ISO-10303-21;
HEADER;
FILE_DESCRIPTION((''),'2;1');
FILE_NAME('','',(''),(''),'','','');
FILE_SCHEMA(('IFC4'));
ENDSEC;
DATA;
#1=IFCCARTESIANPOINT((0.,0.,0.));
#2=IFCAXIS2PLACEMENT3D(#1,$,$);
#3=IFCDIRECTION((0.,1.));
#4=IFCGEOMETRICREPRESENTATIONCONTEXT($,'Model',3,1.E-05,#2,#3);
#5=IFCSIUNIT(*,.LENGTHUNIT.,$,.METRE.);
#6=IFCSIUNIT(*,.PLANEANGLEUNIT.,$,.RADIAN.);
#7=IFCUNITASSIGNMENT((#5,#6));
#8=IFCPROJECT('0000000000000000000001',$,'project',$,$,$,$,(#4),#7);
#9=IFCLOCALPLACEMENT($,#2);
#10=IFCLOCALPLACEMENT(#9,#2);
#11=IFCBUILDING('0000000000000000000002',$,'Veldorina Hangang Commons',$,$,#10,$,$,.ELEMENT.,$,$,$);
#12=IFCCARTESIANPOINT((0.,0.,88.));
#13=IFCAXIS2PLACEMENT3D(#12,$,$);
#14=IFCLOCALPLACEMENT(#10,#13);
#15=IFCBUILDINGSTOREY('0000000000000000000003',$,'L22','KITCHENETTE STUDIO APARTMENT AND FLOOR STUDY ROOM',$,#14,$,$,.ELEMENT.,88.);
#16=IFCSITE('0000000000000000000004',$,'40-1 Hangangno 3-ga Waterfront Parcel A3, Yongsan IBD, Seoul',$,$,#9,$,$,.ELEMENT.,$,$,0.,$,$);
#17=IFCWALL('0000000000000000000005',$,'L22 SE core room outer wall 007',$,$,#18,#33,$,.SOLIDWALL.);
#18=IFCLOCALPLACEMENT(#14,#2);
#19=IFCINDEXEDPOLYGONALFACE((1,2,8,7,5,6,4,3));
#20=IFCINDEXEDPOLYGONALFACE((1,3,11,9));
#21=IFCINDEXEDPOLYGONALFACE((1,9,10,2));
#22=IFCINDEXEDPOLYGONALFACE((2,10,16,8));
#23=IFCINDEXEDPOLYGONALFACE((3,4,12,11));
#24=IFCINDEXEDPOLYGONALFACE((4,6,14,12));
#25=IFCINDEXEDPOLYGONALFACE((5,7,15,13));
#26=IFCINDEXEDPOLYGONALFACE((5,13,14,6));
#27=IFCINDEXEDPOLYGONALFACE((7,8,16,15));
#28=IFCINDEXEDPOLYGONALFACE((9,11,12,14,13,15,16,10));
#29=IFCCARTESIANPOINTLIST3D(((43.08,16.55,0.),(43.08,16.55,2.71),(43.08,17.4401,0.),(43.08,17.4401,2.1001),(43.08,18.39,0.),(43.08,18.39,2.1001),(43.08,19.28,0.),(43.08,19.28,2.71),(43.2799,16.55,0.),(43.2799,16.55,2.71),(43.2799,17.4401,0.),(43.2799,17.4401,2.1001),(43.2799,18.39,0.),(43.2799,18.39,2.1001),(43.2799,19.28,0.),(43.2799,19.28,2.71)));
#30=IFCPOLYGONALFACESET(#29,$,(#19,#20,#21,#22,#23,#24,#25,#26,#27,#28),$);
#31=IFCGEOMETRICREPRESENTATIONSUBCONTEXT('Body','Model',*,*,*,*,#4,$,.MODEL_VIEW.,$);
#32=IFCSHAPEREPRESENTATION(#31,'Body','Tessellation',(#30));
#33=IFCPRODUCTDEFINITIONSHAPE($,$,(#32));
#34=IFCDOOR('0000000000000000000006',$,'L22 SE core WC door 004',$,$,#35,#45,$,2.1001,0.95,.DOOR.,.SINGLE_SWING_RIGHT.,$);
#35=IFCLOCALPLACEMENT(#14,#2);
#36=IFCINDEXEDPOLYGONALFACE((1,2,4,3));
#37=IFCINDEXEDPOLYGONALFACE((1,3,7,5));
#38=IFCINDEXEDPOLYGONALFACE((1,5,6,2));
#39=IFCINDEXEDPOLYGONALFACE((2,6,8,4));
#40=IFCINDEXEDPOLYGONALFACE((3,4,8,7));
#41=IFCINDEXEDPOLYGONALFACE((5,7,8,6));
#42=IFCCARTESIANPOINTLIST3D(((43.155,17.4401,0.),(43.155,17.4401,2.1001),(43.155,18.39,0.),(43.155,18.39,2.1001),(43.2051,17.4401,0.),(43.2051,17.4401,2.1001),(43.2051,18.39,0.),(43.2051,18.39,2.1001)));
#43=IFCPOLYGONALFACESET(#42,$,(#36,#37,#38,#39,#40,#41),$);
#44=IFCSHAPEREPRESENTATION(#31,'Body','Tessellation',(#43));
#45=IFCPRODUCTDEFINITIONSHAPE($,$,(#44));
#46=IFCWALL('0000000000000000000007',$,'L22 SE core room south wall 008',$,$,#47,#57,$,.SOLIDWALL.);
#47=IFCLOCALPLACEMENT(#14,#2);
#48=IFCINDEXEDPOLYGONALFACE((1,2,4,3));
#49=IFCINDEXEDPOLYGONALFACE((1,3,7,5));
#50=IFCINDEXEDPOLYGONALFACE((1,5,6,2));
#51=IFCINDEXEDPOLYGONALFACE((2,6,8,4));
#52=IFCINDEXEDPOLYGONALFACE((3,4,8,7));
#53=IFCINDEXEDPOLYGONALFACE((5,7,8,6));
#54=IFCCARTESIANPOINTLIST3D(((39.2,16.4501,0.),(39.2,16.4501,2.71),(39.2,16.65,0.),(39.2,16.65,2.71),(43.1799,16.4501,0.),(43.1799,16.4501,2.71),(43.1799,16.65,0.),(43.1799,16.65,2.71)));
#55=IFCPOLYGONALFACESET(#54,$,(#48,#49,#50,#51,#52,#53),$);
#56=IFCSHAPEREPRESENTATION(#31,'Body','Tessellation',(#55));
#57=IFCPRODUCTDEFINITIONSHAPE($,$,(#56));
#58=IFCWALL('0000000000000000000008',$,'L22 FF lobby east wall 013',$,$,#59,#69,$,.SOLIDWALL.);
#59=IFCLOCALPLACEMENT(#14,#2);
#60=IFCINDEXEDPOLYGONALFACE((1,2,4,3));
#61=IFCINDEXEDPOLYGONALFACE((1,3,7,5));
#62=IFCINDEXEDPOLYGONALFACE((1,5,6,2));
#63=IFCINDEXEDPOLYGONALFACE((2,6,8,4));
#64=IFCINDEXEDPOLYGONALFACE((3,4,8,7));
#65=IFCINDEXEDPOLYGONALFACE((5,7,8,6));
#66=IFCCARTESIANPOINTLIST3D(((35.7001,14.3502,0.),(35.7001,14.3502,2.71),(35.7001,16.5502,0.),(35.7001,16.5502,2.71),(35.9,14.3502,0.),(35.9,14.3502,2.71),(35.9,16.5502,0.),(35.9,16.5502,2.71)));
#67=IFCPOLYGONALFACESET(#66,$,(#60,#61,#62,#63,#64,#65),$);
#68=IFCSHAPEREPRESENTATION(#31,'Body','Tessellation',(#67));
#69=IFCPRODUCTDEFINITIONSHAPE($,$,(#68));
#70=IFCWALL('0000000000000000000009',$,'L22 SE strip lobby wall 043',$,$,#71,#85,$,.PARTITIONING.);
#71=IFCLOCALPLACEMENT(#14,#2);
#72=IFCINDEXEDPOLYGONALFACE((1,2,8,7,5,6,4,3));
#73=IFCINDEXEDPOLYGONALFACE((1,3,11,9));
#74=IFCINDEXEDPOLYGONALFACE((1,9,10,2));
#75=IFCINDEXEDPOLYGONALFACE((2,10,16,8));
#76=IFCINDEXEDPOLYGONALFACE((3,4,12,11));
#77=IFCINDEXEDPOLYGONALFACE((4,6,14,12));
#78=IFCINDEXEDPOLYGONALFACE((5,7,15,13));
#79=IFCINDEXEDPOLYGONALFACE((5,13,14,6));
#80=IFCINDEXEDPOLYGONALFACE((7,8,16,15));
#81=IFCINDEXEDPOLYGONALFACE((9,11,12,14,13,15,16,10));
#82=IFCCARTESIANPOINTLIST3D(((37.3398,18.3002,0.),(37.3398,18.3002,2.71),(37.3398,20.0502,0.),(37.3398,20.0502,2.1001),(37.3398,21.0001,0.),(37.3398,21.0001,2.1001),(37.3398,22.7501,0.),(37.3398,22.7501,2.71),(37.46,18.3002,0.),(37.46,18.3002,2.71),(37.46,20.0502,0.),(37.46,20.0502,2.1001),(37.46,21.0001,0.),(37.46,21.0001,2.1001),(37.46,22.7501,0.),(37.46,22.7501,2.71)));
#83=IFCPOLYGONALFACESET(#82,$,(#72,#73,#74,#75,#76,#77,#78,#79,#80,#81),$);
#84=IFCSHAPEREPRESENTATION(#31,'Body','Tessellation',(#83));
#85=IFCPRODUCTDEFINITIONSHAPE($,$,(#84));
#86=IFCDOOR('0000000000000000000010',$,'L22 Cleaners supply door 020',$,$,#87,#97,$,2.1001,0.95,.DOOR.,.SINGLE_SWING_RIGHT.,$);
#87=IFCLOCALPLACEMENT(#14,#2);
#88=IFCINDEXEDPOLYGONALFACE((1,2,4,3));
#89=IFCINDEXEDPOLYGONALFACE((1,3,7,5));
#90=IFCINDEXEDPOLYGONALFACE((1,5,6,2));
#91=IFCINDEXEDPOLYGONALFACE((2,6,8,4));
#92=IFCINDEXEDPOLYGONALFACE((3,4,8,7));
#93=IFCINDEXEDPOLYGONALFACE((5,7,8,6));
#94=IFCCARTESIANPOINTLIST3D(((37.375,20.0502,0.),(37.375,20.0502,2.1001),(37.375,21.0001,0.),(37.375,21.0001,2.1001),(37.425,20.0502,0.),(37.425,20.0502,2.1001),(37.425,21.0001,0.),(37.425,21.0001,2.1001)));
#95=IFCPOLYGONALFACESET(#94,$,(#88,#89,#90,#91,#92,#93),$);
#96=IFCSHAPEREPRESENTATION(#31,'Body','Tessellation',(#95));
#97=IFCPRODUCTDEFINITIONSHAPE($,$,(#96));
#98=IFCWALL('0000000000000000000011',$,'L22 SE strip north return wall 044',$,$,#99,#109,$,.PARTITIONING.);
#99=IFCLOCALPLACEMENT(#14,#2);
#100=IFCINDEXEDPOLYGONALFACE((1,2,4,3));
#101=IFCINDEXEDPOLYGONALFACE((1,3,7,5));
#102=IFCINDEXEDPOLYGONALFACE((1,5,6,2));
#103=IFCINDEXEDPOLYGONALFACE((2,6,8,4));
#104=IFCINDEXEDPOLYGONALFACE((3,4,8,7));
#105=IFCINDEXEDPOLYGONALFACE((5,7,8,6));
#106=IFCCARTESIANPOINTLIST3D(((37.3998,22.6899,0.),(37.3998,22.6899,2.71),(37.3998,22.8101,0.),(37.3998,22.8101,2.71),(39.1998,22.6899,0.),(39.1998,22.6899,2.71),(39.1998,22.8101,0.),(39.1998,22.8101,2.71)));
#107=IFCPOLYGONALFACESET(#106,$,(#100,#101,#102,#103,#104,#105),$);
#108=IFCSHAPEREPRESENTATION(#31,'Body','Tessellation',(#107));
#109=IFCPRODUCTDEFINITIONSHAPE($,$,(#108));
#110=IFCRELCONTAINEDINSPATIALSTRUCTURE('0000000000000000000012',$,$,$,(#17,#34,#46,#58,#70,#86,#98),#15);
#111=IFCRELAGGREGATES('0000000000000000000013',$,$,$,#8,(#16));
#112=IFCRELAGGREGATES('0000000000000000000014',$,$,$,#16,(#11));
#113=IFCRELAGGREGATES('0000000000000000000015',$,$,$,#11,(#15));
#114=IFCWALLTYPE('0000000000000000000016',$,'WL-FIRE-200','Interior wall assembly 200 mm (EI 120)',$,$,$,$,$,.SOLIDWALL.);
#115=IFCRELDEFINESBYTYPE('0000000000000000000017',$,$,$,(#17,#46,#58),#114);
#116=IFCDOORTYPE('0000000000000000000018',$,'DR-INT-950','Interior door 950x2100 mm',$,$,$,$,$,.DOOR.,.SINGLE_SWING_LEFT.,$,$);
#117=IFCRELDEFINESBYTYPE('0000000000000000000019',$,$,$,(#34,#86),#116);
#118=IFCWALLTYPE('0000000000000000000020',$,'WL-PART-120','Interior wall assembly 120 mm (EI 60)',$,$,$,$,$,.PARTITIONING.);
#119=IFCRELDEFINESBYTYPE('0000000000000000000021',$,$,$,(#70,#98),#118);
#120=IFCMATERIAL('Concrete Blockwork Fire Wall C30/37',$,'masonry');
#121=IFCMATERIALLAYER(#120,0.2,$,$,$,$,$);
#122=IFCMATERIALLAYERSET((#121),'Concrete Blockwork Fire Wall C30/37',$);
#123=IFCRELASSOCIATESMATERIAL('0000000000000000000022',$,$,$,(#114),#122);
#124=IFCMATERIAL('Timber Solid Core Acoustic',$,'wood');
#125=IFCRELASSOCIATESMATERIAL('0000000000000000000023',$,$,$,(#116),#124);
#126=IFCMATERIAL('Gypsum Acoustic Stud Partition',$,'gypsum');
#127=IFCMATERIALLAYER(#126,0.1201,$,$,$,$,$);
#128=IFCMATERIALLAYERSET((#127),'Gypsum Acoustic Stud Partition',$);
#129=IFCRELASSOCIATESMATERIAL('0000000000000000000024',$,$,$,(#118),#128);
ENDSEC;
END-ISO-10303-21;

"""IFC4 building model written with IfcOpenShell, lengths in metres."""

from ifc_helpers import new_model, si_unit, direction, frame, frame_2d, origin, place, context, subcontext, project, spatial, rectangle, extrude, material, layer, layer_set, type_object, element, fill, save


model = new_model("IFC4")

# Units and contexts
model_context = context("Model", 3, precision=1e-05, world=origin(), true_north=direction((0.0, 1.0)))
body_context = subcontext(model_context, "Body", "Model", "MODEL_VIEW")
ifc_project = project(units=[si_unit("LENGTHUNIT", "METRE"), si_unit("PLANEANGLEUNIT", "RADIAN")], contexts=[model_context])

# Site, building, storey
site_placement = place(None, origin())
site = spatial("IfcSite", under=ifc_project, at=site_placement, Name="40-1 Hangangno 3-ga Waterfront Parcel A3, Yongsan IBD, Seoul", CompositionType="ELEMENT", RefElevation=0.0)
building_placement = place(site_placement, origin())
building = spatial("IfcBuilding", under=site, at=building_placement, Name="Veldorina Hangang Commons", CompositionType="ELEMENT")
storey_placement = place(building_placement, frame((0.0, 0.0, 88.0)))
storey = spatial("IfcBuildingStorey", under=building, at=storey_placement, Name="L22", Description="KITCHENETTE STUDIO APARTMENT AND FLOOR STUDY ROOM", CompositionType="ELEMENT", Elevation=88.0)

# Shared definitions
ifc_material_1 = material(Name="Timber Solid Core Acoustic", Category="wood")

# Wall, opening, door
ifc_material_2 = material(Name="Concrete Blockwork Fire Wall C30/37", Category="masonry")
ifc_layer_1 = layer(ifc_material_2, 0.2)
ifc_layer_set_1 = layer_set([ifc_layer_1], Name="Concrete Blockwork Fire Wall C30/37")
wall_type_1 = type_object("IfcWallType", Name="WL-FIRE-200", Description="Interior wall assembly 200 mm (EI 120)", PredefinedType="SOLIDWALL", material=ifc_layer_set_1)
wall_1_placement = place(storey_placement, frame((43.1799, 16.55, 0.0), z_axis=(0.0, 0.0, 1.0), x_axis=(0.0, 1.0, 0.0)))
wall_1 = element("IfcWall", 1, at=wall_1_placement, inside=storey, type_object=wall_type_1, Name="L22 SE core room outer wall 007", PredefinedType="SOLIDWALL", context=body_context, shape_type="SweptSolid", body=[
    extrude(rectangle(XDim=2.73, YDim=0.2, at=frame_2d((1.365, 0.0))), origin(), (0.0, 0.0, 1.0), 2.71),
])
opening_1_placement = place(wall_1_placement, frame((0.8899, 0.0, 0.0)))
opening_1 = element("IfcOpeningElement", 2, at=opening_1_placement, cuts=wall_1, PredefinedType="OPENING", context=body_context, shape_type="SweptSolid", body=[
    extrude(rectangle(XDim=0.95, YDim=2.1001, at=frame_2d((0.4751, 1.05))), frame((0.0, 0.1099, 0.0), z_axis=(0.0, -1.0, 0.0), x_axis=(1.0, 0.0, 0.0)), (0.0, 0.0, 1.0), 0.22),
])
door_type_1 = type_object("IfcDoorType", Name="DR-INT-950", Description="Interior door 950x2100 mm", OperationType="SINGLE_SWING_LEFT", PredefinedType="DOOR", material=ifc_material_1)
door_1_placement = place(opening_1_placement, origin())
door_1 = element("IfcDoor", 3, at=door_1_placement, inside=storey, type_object=door_type_1, Name="L22 SE core WC door 004", OperationType="SINGLE_SWING_RIGHT", OverallHeight=2.1001, OverallWidth=0.95, PredefinedType="DOOR", context=body_context, shape_type="SweptSolid", body=[
    extrude(rectangle(XDim=0.95, YDim=2.1001, at=frame_2d((0.4751, 1.05))), frame((0.0, 0.0249, 0.0), z_axis=(0.0, -1.0, 0.0), x_axis=(1.0, 0.0, 0.0)), (0.0, 0.0, 1.0), 0.05),
])
fill(opening_1, door_1)

# Walls
wall_2_placement = place(storey_placement, frame((39.2, 16.55, 0.0), z_axis=(0.0, 0.0, 1.0), x_axis=(1.0, 0.0, 0.0)))
element("IfcWall", 4, at=wall_2_placement, inside=storey, type_object=wall_type_1, Name="L22 SE core room south wall 008", PredefinedType="SOLIDWALL", context=body_context, shape_type="SweptSolid", body=[
    extrude(rectangle(XDim=3.98, YDim=0.2, at=frame_2d((1.99, 0.0))), origin(), (0.0, 0.0, 1.0), 2.71),
])
wall_3_placement = place(storey_placement, frame((35.8, 14.3501, 0.0), z_axis=(0.0, 0.0, 1.0), x_axis=(0.0, 1.0, 0.0)))
element("IfcWall", 5, at=wall_3_placement, inside=storey, type_object=wall_type_1, Name="L22 FF lobby east wall 013", PredefinedType="SOLIDWALL", context=body_context, shape_type="SweptSolid", body=[
    extrude(rectangle(XDim=2.2, YDim=0.2, at=frame_2d((1.1001, 0.0))), origin(), (0.0, 0.0, 1.0), 2.71),
])

# Wall, opening, door
ifc_material_3 = material(Name="Gypsum Acoustic Stud Partition", Category="gypsum")
ifc_layer_2 = layer(ifc_material_3, 0.1201)
ifc_layer_set_2 = layer_set([ifc_layer_2], Name="Gypsum Acoustic Stud Partition")
wall_type_2 = type_object("IfcWallType", Name="WL-PART-120", Description="Interior wall assembly 120 mm (EI 60)", PredefinedType="PARTITIONING", material=ifc_layer_set_2)
wall_4_placement = place(storey_placement, frame((37.3999, 18.3, 0.0), z_axis=(0.0, 0.0, 1.0), x_axis=(0.0, 1.0, 0.0)))
wall_4 = element("IfcWall", 6, at=wall_4_placement, inside=storey, type_object=wall_type_2, Name="L22 SE strip lobby wall 043", PredefinedType="PARTITIONING", context=body_context, shape_type="SweptSolid", body=[
    extrude(rectangle(XDim=4.45, YDim=0.1201, at=frame_2d((2.2251, 0.0))), origin(), (0.0, 0.0, 1.0), 2.71),
])
opening_2_placement = place(wall_4_placement, frame((1.75, 0.0, 0.0)))
opening_2 = element("IfcOpeningElement", 7, at=opening_2_placement, cuts=wall_4, PredefinedType="OPENING", context=body_context, shape_type="SweptSolid", body=[
    extrude(rectangle(XDim=0.95, YDim=2.1001, at=frame_2d((0.4751, 1.05))), frame((0.0, 0.0701, 0.0), z_axis=(0.0, -1.0, 0.0), x_axis=(1.0, 0.0, 0.0)), (0.0, 0.0, 1.0), 0.1401),
])
door_2_placement = place(opening_2_placement, origin())
door_2 = element("IfcDoor", 8, at=door_2_placement, inside=storey, type_object=door_type_1, Name="L22 Cleaners supply door 020", OperationType="SINGLE_SWING_RIGHT", OverallHeight=2.1001, OverallWidth=0.95, PredefinedType="DOOR", context=body_context, shape_type="SweptSolid", body=[
    extrude(rectangle(XDim=0.95, YDim=2.1001, at=frame_2d((0.4751, 1.05))), frame((0.0, 0.0249, 0.0), z_axis=(0.0, -1.0, 0.0), x_axis=(1.0, 0.0, 0.0)), (0.0, 0.0, 1.0), 0.05),
])
fill(opening_2, door_2)

# Wall
wall_5_placement = place(storey_placement, frame((37.3999, 22.75, 0.0), z_axis=(0.0, 0.0, 1.0), x_axis=(1.0, 0.0, 0.0)))
element("IfcWall", 9, at=wall_5_placement, inside=storey, type_object=wall_type_2, Name="L22 SE strip north return wall 044", PredefinedType="PARTITIONING", context=body_context, shape_type="SweptSolid", body=[
    extrude(rectangle(XDim=1.8, YDim=0.1201, at=frame_2d((0.8999, 0.0))), origin(), (0.0, 0.0, 1.0), 2.71),
])

save(model, "model.ifc")
